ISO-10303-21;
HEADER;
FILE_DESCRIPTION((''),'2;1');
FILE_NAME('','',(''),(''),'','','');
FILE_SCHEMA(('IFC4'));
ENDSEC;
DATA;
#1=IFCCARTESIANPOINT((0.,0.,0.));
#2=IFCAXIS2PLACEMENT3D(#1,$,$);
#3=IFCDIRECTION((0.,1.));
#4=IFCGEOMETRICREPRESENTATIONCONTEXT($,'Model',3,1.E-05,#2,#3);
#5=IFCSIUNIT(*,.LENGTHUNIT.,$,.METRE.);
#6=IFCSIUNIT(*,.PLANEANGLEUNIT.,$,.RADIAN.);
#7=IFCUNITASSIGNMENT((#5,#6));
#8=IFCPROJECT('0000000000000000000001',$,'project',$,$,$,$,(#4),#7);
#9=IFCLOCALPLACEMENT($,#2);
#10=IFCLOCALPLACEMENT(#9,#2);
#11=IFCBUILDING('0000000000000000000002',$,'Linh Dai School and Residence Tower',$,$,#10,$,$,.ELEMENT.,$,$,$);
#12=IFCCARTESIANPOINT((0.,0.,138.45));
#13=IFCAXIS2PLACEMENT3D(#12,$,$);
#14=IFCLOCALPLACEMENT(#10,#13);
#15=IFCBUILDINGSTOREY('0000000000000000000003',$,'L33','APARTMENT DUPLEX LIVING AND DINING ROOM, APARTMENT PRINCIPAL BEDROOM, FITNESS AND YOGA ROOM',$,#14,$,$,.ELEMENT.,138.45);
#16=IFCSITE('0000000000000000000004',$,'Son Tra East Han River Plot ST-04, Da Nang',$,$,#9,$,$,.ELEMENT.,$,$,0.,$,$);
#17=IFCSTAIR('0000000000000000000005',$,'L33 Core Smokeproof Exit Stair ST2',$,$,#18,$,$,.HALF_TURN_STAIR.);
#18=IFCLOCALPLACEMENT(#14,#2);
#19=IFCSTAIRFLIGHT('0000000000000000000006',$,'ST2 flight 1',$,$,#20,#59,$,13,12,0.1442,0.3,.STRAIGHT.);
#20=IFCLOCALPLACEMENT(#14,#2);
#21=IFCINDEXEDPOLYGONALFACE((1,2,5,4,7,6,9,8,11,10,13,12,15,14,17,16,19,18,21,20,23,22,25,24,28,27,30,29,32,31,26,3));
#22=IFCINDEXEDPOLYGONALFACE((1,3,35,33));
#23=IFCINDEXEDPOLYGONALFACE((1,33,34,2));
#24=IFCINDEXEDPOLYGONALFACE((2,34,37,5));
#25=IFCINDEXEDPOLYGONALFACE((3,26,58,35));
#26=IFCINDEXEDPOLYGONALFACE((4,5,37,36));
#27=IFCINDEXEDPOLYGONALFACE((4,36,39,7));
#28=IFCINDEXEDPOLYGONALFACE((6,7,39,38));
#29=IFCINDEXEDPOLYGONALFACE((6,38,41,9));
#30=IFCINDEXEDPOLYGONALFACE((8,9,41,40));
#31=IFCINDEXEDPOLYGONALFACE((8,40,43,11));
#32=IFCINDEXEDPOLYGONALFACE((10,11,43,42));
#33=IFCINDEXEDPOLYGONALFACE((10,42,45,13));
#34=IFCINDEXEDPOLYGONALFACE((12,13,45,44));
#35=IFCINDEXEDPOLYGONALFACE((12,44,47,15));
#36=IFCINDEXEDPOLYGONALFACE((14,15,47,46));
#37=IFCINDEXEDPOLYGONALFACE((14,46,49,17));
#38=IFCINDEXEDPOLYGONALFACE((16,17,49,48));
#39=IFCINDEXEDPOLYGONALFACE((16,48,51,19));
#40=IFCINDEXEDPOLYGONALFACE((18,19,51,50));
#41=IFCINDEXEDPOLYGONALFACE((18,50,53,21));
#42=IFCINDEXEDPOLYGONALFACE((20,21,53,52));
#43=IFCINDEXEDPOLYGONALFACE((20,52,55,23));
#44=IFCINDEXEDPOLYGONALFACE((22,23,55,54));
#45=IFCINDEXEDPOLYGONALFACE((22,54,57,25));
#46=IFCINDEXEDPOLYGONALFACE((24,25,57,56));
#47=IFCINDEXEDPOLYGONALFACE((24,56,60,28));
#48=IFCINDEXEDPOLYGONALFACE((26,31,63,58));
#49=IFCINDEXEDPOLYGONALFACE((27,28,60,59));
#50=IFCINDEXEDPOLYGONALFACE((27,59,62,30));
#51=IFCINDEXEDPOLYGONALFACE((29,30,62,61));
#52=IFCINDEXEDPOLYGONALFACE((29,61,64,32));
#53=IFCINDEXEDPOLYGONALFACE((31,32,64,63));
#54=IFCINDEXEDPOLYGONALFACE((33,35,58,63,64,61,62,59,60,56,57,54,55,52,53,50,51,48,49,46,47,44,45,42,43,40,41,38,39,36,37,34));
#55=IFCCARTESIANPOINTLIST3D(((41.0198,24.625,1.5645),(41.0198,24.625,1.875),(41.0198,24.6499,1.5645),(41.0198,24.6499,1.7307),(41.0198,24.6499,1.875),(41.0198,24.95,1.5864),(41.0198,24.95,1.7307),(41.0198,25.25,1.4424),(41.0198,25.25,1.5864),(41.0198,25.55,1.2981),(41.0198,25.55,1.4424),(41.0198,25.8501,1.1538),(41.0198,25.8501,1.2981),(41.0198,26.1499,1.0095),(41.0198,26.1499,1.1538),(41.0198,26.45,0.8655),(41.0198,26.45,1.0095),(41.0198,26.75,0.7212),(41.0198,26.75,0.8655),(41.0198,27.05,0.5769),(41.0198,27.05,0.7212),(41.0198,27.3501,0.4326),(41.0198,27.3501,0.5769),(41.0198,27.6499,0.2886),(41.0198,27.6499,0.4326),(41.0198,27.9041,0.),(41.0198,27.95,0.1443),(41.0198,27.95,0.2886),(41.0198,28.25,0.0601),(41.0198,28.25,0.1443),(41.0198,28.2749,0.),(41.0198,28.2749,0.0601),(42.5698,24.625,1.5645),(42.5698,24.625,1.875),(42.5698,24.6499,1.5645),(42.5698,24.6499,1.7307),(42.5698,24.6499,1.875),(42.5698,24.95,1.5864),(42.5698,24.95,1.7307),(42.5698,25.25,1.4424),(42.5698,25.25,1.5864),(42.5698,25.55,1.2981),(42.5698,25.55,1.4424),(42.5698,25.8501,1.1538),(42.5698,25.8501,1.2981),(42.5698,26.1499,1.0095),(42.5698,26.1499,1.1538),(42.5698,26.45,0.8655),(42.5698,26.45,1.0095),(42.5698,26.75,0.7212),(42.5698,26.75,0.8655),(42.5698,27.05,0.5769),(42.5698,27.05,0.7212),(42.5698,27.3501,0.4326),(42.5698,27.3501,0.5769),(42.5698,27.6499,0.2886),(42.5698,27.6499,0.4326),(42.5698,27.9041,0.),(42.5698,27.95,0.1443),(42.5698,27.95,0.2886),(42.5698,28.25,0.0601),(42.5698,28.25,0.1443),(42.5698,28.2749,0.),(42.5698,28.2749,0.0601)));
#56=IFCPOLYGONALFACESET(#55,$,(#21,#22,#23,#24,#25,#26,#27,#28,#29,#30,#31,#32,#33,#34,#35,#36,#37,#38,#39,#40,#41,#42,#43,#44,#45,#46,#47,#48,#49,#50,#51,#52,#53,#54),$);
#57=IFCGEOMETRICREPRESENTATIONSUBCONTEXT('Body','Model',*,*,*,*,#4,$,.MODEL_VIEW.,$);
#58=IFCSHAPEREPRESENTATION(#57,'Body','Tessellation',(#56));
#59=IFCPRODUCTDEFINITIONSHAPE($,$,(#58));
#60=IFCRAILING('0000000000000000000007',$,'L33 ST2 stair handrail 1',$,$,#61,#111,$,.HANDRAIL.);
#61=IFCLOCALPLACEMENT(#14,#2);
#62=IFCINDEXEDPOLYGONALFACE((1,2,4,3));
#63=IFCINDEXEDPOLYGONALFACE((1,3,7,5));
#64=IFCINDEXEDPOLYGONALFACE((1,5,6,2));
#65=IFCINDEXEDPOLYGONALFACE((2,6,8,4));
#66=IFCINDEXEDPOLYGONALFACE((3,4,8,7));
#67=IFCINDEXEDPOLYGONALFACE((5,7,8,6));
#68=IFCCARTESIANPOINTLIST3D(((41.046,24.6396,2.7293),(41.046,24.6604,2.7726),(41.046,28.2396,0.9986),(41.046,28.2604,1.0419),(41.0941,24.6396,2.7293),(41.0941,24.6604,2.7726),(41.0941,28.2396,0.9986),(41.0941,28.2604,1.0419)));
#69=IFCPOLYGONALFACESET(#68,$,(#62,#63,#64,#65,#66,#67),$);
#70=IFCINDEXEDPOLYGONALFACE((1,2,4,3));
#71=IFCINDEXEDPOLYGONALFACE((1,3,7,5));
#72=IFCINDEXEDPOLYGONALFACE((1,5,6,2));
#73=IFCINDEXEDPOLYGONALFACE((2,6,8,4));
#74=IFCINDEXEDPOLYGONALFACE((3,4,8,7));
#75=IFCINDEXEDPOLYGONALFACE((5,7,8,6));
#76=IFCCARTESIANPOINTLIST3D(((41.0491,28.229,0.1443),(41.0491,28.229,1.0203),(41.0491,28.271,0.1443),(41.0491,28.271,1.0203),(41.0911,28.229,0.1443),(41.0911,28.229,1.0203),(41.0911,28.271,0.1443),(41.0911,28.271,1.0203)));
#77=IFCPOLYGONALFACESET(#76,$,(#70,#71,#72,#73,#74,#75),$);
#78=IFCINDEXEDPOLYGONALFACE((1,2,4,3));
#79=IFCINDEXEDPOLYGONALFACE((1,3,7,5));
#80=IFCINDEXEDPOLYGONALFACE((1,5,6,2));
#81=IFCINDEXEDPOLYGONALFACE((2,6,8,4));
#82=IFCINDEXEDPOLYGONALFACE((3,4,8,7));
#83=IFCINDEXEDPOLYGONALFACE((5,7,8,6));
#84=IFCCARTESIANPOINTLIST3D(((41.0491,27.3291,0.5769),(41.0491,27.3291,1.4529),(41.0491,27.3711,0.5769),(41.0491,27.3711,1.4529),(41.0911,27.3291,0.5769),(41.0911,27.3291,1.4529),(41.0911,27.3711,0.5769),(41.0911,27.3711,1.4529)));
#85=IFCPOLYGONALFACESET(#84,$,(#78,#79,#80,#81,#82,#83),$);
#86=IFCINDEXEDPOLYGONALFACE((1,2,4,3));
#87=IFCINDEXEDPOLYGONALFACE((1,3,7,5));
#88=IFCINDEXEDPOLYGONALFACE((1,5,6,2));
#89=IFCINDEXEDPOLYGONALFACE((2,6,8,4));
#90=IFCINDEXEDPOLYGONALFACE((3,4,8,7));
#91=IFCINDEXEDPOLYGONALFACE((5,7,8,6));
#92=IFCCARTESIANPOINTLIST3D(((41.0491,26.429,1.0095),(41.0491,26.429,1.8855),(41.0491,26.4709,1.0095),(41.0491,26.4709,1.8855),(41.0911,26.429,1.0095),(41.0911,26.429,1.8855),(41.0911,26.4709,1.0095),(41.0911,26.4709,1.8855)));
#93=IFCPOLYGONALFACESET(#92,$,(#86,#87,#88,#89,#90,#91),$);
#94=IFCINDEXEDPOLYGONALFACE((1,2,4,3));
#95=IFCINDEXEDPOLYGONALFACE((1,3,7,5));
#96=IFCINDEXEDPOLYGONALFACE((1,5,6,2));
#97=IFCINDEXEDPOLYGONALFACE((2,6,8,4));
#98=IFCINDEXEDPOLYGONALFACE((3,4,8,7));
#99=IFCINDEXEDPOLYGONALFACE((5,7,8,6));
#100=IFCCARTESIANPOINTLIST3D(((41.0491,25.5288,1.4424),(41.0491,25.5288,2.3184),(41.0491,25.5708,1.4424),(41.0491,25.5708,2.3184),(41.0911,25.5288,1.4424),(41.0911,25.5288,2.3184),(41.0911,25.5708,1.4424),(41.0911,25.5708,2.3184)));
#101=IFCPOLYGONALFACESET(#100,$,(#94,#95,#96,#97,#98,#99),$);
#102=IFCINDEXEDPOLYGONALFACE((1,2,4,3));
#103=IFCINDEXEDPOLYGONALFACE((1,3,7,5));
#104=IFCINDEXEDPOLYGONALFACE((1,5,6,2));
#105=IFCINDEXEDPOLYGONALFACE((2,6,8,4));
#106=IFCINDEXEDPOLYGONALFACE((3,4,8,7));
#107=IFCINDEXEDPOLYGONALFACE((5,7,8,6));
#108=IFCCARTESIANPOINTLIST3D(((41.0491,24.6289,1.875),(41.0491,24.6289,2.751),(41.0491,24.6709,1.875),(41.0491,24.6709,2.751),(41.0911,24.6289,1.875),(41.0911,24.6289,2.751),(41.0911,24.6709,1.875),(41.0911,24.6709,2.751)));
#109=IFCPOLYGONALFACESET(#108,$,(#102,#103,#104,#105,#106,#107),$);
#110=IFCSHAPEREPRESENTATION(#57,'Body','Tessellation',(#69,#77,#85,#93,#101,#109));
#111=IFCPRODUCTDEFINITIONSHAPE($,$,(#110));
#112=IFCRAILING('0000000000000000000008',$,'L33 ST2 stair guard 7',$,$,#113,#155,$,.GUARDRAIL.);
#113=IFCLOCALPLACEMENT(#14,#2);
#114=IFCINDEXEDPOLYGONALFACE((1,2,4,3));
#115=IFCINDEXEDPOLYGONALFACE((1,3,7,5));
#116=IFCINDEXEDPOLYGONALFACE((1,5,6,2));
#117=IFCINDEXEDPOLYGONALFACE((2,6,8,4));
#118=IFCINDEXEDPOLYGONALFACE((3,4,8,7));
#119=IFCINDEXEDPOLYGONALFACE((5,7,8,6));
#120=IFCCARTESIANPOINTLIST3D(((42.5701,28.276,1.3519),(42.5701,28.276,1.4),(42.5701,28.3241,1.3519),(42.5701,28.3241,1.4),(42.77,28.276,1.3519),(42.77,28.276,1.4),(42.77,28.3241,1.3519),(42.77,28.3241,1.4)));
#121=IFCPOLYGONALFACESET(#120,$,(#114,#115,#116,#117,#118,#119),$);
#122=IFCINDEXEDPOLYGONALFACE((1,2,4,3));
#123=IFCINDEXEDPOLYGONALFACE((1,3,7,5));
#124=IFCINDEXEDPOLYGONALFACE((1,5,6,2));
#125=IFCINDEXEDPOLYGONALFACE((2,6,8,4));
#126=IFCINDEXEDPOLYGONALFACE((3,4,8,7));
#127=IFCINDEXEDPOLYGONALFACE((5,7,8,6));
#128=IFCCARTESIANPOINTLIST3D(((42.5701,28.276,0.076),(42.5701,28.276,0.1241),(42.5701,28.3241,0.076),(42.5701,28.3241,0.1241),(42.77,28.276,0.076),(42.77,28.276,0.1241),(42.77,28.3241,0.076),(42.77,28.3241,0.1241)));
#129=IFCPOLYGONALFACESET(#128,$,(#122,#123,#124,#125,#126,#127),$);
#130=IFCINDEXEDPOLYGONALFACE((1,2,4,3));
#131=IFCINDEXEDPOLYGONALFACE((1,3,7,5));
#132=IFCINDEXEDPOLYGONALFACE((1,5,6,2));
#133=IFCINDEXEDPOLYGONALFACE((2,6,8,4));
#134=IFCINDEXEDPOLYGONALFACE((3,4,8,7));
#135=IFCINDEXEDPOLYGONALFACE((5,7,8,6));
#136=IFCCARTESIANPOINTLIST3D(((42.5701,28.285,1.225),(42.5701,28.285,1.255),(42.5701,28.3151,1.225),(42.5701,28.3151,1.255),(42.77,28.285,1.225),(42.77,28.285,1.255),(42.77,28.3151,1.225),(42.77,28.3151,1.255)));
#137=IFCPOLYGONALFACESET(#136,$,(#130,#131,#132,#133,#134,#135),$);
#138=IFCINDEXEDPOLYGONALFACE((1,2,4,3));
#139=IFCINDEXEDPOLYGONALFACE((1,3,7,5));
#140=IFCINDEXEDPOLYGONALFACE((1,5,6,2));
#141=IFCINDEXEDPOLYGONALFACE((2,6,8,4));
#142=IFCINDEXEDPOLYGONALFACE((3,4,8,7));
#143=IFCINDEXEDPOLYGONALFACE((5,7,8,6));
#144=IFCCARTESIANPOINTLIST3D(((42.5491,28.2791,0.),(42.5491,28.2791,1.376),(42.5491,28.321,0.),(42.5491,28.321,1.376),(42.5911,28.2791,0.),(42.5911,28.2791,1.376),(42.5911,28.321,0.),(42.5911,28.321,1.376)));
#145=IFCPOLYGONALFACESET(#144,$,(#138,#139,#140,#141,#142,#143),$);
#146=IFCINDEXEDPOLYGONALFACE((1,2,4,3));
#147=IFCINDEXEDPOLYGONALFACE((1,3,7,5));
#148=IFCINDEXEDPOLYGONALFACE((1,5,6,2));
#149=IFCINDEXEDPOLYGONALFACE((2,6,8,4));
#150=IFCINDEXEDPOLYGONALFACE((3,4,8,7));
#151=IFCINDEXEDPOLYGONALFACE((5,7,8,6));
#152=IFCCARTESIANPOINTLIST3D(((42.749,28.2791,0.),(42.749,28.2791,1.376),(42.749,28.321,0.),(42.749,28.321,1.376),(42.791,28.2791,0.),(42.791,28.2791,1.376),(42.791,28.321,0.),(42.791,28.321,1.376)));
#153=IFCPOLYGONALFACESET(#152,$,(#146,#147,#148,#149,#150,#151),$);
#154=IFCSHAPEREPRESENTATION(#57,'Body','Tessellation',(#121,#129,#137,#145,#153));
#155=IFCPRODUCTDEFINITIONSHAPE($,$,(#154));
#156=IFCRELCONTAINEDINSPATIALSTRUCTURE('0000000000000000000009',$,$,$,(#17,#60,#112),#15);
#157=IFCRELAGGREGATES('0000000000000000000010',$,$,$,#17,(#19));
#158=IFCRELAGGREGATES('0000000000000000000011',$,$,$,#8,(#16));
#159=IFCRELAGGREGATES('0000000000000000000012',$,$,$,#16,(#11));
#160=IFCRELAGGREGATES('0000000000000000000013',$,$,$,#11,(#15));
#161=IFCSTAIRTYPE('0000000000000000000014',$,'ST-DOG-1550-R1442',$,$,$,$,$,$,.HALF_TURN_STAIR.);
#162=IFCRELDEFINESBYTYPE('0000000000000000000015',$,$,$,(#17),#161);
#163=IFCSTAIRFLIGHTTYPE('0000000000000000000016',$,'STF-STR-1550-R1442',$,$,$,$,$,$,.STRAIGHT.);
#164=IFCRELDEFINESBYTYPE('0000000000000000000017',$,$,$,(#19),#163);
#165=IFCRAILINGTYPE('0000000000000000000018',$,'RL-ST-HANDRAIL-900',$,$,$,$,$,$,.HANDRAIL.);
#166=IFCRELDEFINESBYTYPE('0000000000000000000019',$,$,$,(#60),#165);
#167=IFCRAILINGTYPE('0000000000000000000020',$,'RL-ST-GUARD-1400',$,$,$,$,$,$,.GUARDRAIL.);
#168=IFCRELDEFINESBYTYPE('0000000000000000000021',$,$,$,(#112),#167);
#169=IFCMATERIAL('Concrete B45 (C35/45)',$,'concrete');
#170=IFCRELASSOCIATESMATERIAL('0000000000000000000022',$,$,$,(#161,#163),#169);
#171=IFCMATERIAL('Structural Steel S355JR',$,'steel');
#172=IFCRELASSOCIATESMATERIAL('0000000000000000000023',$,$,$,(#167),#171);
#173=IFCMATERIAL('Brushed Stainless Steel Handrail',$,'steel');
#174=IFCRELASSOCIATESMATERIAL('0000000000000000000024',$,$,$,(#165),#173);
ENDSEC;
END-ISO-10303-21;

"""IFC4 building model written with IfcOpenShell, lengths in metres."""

from ifc_helpers import new_model, si_unit, direction, frame, origin, origin_2d, place, context, subcontext, project, spatial, polyline, rectangle, outline, extrude, source, transform, mapped, material, type_object, element, aggregate, save


model = new_model("IFC4")

# Units and contexts
model_context = context("Model", 3, precision=1e-05, world=origin(), true_north=direction((0.0, 1.0)))
body_context = subcontext(model_context, "Body", "Model", "MODEL_VIEW")
ifc_project = project(units=[si_unit("LENGTHUNIT", "METRE"), si_unit("PLANEANGLEUNIT", "RADIAN")], contexts=[model_context])

# Site, building, storey
site_placement = place(None, origin())
site = spatial("IfcSite", under=ifc_project, at=site_placement, Name="Son Tra East Han River Plot ST-04, Da Nang", CompositionType="ELEMENT", RefElevation=0.0)
building_placement = place(site_placement, origin())
building = spatial("IfcBuilding", under=site, at=building_placement, Name="Linh Dai School and Residence Tower", CompositionType="ELEMENT")
storey_placement = place(building_placement, frame((0.0, 0.0, 138.45)))
storey = spatial("IfcBuildingStorey", under=building, at=storey_placement, Name="L33", Description="APARTMENT DUPLEX LIVING AND DINING ROOM, APARTMENT PRINCIPAL BEDROOM, FITNESS AND YOGA ROOM", CompositionType="ELEMENT", Elevation=138.45)

# Shared definitions
ifc_material_1 = material(Name="Structural Steel S355JR", Category="steel")

# Shared definitions
ifc_material_2 = material(Name="Concrete B45 (C35/45)", Category="concrete")

# Stair, stair flight
stair_type = type_object("IfcStairType", Name="ST-DOG-1550-R1442", PredefinedType="HALF_TURN_STAIR", material=ifc_material_2)
stair_placement = place(storey_placement, origin())
stair = element("IfcStair", 1, at=stair_placement, inside=storey, type_object=stair_type, Name="L33 Core Smokeproof Exit Stair ST2", PredefinedType="HALF_TURN_STAIR")
stair_flight_type = type_object("IfcStairFlightType", Name="STF-STR-1550-R1442", PredefinedType="STRAIGHT", material=ifc_material_2)
shared_shape_1 = source(origin(), body_context, "Body", "SweptSolid", [
    extrude(outline(polyline([(-0.0249, 0.0), (-0.0249, 0.0601), (0.0, 0.0601), (0.0, 0.1443), (0.3, 0.1443), (0.3, 0.2886), (0.6001, 0.2886), (0.6001, 0.4326), (0.8999, 0.4326), (0.8999, 0.5769), (1.2, 0.5769), (1.2, 0.7212), (1.5, 0.7212), (1.5, 0.8655), (1.8, 0.8655), (1.8, 1.0095), (2.1001, 1.0095), (2.1001, 1.1538), (2.3999, 1.1538), (2.3999, 1.2981), (2.7, 1.2981), (2.7, 1.4424), (3.0, 1.4424), (3.0, 1.5864), (3.3, 1.5864), (3.3, 1.7307), (3.6001, 1.7307), (3.6001, 1.875), (3.625, 1.875), (3.625, 1.5645), (3.6001, 1.5645), (0.3459, 0.0), (-0.0249, 0.0)])), frame((0.0, 0.7749, 0.0), z_axis=(0.0, -1.0, 0.0), x_axis=(1.0, 0.0, 0.0)), (0.0, 0.0, 1.0), 1.55),
])
stair_flight_placement = place(storey_placement, frame((41.7949, 28.25, 0.0), z_axis=(0.0, 0.0, 1.0), x_axis=(0.0, -1.0, 0.0)))
stair_flight = element("IfcStairFlight", 2, at=stair_flight_placement, type_object=stair_flight_type, Name="ST2 flight 1", NumberOfRisers=13, NumberOfTreads=12, PredefinedType="STRAIGHT", RiserHeight=0.1442, TreadLength=0.3, context=body_context, shape_type="MappedRepresentation", body=[
    mapped(shared_shape_1, transform((0.0, 0.0, 0.0), x_axis=(1.0, 0.0, 0.0), y_axis=(0.0, 1.0, 0.0), z_axis=(0.0, 0.0, 1.0), scale=1.0)),
])
aggregate(stair, [stair_flight])

# Railings
railing_type_1 = type_object("IfcRailingType", Name="RL-ST-GUARD-1400", PredefinedType="GUARDRAIL", material=ifc_material_1)
ifc_material_3 = material(Name="Brushed Stainless Steel Handrail", Category="steel")
railing_type_2 = type_object("IfcRailingType", Name="RL-ST-HANDRAIL-900", PredefinedType="HANDRAIL", material=ifc_material_3)
shared_shape_2 = source(origin(), body_context, "Body", "SweptSolid", [
    extrude(rectangle(XDim=0.0481, YDim=0.0481, at=origin_2d()), frame((0.0, 0.0, 0.876), z_axis=(0.0, -0.901263, 0.433273), x_axis=(1.0, 0.0, 0.0)), (0.0, 0.0, 1.0), 3.9944),
    extrude(rectangle(XDim=0.042, YDim=0.042, at=origin_2d()), origin(), (0.0, 0.0, 1.0), 0.876),
    extrude(rectangle(XDim=0.042, YDim=0.042, at=origin_2d()), frame((0.0, -0.8999, 0.4326)), (0.0, 0.0, 1.0), 0.876),
    extrude(rectangle(XDim=0.042, YDim=0.042, at=origin_2d()), frame((0.0, -1.8, 0.8652)), (0.0, 0.0, 1.0), 0.876),
    extrude(rectangle(XDim=0.042, YDim=0.042, at=origin_2d()), frame((0.0, -2.7002, 1.2981)), (0.0, 0.0, 1.0), 0.876),
    extrude(rectangle(XDim=0.042, YDim=0.042, at=origin_2d()), frame((0.0, -3.6001, 1.7307)), (0.0, 0.0, 1.0), 0.876),
])
railing_1_placement = place(storey_placement, frame((41.0701, 28.25, 0.1443)))
element("IfcRailing", 3, at=railing_1_placement, inside=storey, type_object=railing_type_2, Name="L33 ST2 stair handrail 1", PredefinedType="HANDRAIL", context=body_context, shape_type="MappedRepresentation", body=[
    mapped(shared_shape_2, transform((0.0, 0.0, 0.0), x_axis=(1.0, 0.0, 0.0), y_axis=(0.0, 1.0, 0.0), z_axis=(0.0, 0.0, 1.0), scale=1.0)),
])
shared_shape_3 = source(origin(), body_context, "Body", "SweptSolid", [
    extrude(rectangle(XDim=0.0481, YDim=0.0481, at=origin_2d()), frame((0.0, 0.0, 1.376), z_axis=(1.0, 0.0, 0.0), x_axis=(0.0, 1.0, 0.0)), (0.0, 0.0, 1.0), 0.2),
    extrude(rectangle(XDim=0.0481, YDim=0.0481, at=origin_2d()), frame((0.0, 0.0, 0.1001), z_axis=(1.0, 0.0, 0.0), x_axis=(0.0, 1.0, 0.0)), (0.0, 0.0, 1.0), 0.2),
    extrude(rectangle(XDim=0.03, YDim=0.03, at=origin_2d()), frame((0.0, 0.0, 1.24), z_axis=(1.0, 0.0, 0.0), x_axis=(0.0, 1.0, 0.0)), (0.0, 0.0, 1.0), 0.2),
    extrude(rectangle(XDim=0.042, YDim=0.042, at=origin_2d()), origin(), (0.0, 0.0, 1.0), 1.376),
    extrude(rectangle(XDim=0.042, YDim=0.042, at=origin_2d()), frame((0.2, 0.0, 0.0)), (0.0, 0.0, 1.0), 1.376),
])
railing_2_placement = place(storey_placement, frame((42.5701, 28.3, 0.0)))
element("IfcRailing", 4, at=railing_2_placement, inside=storey, type_object=railing_type_1, Name="L33 ST2 stair guard 7", PredefinedType="GUARDRAIL", context=body_context, shape_type="MappedRepresentation", body=[
    mapped(shared_shape_3, transform((0.0, 0.0, 0.0), x_axis=(1.0, 0.0, 0.0), y_axis=(0.0, 1.0, 0.0), z_axis=(0.0, 0.0, 1.0), scale=1.0)),
])

save(model, "model.ifc")
